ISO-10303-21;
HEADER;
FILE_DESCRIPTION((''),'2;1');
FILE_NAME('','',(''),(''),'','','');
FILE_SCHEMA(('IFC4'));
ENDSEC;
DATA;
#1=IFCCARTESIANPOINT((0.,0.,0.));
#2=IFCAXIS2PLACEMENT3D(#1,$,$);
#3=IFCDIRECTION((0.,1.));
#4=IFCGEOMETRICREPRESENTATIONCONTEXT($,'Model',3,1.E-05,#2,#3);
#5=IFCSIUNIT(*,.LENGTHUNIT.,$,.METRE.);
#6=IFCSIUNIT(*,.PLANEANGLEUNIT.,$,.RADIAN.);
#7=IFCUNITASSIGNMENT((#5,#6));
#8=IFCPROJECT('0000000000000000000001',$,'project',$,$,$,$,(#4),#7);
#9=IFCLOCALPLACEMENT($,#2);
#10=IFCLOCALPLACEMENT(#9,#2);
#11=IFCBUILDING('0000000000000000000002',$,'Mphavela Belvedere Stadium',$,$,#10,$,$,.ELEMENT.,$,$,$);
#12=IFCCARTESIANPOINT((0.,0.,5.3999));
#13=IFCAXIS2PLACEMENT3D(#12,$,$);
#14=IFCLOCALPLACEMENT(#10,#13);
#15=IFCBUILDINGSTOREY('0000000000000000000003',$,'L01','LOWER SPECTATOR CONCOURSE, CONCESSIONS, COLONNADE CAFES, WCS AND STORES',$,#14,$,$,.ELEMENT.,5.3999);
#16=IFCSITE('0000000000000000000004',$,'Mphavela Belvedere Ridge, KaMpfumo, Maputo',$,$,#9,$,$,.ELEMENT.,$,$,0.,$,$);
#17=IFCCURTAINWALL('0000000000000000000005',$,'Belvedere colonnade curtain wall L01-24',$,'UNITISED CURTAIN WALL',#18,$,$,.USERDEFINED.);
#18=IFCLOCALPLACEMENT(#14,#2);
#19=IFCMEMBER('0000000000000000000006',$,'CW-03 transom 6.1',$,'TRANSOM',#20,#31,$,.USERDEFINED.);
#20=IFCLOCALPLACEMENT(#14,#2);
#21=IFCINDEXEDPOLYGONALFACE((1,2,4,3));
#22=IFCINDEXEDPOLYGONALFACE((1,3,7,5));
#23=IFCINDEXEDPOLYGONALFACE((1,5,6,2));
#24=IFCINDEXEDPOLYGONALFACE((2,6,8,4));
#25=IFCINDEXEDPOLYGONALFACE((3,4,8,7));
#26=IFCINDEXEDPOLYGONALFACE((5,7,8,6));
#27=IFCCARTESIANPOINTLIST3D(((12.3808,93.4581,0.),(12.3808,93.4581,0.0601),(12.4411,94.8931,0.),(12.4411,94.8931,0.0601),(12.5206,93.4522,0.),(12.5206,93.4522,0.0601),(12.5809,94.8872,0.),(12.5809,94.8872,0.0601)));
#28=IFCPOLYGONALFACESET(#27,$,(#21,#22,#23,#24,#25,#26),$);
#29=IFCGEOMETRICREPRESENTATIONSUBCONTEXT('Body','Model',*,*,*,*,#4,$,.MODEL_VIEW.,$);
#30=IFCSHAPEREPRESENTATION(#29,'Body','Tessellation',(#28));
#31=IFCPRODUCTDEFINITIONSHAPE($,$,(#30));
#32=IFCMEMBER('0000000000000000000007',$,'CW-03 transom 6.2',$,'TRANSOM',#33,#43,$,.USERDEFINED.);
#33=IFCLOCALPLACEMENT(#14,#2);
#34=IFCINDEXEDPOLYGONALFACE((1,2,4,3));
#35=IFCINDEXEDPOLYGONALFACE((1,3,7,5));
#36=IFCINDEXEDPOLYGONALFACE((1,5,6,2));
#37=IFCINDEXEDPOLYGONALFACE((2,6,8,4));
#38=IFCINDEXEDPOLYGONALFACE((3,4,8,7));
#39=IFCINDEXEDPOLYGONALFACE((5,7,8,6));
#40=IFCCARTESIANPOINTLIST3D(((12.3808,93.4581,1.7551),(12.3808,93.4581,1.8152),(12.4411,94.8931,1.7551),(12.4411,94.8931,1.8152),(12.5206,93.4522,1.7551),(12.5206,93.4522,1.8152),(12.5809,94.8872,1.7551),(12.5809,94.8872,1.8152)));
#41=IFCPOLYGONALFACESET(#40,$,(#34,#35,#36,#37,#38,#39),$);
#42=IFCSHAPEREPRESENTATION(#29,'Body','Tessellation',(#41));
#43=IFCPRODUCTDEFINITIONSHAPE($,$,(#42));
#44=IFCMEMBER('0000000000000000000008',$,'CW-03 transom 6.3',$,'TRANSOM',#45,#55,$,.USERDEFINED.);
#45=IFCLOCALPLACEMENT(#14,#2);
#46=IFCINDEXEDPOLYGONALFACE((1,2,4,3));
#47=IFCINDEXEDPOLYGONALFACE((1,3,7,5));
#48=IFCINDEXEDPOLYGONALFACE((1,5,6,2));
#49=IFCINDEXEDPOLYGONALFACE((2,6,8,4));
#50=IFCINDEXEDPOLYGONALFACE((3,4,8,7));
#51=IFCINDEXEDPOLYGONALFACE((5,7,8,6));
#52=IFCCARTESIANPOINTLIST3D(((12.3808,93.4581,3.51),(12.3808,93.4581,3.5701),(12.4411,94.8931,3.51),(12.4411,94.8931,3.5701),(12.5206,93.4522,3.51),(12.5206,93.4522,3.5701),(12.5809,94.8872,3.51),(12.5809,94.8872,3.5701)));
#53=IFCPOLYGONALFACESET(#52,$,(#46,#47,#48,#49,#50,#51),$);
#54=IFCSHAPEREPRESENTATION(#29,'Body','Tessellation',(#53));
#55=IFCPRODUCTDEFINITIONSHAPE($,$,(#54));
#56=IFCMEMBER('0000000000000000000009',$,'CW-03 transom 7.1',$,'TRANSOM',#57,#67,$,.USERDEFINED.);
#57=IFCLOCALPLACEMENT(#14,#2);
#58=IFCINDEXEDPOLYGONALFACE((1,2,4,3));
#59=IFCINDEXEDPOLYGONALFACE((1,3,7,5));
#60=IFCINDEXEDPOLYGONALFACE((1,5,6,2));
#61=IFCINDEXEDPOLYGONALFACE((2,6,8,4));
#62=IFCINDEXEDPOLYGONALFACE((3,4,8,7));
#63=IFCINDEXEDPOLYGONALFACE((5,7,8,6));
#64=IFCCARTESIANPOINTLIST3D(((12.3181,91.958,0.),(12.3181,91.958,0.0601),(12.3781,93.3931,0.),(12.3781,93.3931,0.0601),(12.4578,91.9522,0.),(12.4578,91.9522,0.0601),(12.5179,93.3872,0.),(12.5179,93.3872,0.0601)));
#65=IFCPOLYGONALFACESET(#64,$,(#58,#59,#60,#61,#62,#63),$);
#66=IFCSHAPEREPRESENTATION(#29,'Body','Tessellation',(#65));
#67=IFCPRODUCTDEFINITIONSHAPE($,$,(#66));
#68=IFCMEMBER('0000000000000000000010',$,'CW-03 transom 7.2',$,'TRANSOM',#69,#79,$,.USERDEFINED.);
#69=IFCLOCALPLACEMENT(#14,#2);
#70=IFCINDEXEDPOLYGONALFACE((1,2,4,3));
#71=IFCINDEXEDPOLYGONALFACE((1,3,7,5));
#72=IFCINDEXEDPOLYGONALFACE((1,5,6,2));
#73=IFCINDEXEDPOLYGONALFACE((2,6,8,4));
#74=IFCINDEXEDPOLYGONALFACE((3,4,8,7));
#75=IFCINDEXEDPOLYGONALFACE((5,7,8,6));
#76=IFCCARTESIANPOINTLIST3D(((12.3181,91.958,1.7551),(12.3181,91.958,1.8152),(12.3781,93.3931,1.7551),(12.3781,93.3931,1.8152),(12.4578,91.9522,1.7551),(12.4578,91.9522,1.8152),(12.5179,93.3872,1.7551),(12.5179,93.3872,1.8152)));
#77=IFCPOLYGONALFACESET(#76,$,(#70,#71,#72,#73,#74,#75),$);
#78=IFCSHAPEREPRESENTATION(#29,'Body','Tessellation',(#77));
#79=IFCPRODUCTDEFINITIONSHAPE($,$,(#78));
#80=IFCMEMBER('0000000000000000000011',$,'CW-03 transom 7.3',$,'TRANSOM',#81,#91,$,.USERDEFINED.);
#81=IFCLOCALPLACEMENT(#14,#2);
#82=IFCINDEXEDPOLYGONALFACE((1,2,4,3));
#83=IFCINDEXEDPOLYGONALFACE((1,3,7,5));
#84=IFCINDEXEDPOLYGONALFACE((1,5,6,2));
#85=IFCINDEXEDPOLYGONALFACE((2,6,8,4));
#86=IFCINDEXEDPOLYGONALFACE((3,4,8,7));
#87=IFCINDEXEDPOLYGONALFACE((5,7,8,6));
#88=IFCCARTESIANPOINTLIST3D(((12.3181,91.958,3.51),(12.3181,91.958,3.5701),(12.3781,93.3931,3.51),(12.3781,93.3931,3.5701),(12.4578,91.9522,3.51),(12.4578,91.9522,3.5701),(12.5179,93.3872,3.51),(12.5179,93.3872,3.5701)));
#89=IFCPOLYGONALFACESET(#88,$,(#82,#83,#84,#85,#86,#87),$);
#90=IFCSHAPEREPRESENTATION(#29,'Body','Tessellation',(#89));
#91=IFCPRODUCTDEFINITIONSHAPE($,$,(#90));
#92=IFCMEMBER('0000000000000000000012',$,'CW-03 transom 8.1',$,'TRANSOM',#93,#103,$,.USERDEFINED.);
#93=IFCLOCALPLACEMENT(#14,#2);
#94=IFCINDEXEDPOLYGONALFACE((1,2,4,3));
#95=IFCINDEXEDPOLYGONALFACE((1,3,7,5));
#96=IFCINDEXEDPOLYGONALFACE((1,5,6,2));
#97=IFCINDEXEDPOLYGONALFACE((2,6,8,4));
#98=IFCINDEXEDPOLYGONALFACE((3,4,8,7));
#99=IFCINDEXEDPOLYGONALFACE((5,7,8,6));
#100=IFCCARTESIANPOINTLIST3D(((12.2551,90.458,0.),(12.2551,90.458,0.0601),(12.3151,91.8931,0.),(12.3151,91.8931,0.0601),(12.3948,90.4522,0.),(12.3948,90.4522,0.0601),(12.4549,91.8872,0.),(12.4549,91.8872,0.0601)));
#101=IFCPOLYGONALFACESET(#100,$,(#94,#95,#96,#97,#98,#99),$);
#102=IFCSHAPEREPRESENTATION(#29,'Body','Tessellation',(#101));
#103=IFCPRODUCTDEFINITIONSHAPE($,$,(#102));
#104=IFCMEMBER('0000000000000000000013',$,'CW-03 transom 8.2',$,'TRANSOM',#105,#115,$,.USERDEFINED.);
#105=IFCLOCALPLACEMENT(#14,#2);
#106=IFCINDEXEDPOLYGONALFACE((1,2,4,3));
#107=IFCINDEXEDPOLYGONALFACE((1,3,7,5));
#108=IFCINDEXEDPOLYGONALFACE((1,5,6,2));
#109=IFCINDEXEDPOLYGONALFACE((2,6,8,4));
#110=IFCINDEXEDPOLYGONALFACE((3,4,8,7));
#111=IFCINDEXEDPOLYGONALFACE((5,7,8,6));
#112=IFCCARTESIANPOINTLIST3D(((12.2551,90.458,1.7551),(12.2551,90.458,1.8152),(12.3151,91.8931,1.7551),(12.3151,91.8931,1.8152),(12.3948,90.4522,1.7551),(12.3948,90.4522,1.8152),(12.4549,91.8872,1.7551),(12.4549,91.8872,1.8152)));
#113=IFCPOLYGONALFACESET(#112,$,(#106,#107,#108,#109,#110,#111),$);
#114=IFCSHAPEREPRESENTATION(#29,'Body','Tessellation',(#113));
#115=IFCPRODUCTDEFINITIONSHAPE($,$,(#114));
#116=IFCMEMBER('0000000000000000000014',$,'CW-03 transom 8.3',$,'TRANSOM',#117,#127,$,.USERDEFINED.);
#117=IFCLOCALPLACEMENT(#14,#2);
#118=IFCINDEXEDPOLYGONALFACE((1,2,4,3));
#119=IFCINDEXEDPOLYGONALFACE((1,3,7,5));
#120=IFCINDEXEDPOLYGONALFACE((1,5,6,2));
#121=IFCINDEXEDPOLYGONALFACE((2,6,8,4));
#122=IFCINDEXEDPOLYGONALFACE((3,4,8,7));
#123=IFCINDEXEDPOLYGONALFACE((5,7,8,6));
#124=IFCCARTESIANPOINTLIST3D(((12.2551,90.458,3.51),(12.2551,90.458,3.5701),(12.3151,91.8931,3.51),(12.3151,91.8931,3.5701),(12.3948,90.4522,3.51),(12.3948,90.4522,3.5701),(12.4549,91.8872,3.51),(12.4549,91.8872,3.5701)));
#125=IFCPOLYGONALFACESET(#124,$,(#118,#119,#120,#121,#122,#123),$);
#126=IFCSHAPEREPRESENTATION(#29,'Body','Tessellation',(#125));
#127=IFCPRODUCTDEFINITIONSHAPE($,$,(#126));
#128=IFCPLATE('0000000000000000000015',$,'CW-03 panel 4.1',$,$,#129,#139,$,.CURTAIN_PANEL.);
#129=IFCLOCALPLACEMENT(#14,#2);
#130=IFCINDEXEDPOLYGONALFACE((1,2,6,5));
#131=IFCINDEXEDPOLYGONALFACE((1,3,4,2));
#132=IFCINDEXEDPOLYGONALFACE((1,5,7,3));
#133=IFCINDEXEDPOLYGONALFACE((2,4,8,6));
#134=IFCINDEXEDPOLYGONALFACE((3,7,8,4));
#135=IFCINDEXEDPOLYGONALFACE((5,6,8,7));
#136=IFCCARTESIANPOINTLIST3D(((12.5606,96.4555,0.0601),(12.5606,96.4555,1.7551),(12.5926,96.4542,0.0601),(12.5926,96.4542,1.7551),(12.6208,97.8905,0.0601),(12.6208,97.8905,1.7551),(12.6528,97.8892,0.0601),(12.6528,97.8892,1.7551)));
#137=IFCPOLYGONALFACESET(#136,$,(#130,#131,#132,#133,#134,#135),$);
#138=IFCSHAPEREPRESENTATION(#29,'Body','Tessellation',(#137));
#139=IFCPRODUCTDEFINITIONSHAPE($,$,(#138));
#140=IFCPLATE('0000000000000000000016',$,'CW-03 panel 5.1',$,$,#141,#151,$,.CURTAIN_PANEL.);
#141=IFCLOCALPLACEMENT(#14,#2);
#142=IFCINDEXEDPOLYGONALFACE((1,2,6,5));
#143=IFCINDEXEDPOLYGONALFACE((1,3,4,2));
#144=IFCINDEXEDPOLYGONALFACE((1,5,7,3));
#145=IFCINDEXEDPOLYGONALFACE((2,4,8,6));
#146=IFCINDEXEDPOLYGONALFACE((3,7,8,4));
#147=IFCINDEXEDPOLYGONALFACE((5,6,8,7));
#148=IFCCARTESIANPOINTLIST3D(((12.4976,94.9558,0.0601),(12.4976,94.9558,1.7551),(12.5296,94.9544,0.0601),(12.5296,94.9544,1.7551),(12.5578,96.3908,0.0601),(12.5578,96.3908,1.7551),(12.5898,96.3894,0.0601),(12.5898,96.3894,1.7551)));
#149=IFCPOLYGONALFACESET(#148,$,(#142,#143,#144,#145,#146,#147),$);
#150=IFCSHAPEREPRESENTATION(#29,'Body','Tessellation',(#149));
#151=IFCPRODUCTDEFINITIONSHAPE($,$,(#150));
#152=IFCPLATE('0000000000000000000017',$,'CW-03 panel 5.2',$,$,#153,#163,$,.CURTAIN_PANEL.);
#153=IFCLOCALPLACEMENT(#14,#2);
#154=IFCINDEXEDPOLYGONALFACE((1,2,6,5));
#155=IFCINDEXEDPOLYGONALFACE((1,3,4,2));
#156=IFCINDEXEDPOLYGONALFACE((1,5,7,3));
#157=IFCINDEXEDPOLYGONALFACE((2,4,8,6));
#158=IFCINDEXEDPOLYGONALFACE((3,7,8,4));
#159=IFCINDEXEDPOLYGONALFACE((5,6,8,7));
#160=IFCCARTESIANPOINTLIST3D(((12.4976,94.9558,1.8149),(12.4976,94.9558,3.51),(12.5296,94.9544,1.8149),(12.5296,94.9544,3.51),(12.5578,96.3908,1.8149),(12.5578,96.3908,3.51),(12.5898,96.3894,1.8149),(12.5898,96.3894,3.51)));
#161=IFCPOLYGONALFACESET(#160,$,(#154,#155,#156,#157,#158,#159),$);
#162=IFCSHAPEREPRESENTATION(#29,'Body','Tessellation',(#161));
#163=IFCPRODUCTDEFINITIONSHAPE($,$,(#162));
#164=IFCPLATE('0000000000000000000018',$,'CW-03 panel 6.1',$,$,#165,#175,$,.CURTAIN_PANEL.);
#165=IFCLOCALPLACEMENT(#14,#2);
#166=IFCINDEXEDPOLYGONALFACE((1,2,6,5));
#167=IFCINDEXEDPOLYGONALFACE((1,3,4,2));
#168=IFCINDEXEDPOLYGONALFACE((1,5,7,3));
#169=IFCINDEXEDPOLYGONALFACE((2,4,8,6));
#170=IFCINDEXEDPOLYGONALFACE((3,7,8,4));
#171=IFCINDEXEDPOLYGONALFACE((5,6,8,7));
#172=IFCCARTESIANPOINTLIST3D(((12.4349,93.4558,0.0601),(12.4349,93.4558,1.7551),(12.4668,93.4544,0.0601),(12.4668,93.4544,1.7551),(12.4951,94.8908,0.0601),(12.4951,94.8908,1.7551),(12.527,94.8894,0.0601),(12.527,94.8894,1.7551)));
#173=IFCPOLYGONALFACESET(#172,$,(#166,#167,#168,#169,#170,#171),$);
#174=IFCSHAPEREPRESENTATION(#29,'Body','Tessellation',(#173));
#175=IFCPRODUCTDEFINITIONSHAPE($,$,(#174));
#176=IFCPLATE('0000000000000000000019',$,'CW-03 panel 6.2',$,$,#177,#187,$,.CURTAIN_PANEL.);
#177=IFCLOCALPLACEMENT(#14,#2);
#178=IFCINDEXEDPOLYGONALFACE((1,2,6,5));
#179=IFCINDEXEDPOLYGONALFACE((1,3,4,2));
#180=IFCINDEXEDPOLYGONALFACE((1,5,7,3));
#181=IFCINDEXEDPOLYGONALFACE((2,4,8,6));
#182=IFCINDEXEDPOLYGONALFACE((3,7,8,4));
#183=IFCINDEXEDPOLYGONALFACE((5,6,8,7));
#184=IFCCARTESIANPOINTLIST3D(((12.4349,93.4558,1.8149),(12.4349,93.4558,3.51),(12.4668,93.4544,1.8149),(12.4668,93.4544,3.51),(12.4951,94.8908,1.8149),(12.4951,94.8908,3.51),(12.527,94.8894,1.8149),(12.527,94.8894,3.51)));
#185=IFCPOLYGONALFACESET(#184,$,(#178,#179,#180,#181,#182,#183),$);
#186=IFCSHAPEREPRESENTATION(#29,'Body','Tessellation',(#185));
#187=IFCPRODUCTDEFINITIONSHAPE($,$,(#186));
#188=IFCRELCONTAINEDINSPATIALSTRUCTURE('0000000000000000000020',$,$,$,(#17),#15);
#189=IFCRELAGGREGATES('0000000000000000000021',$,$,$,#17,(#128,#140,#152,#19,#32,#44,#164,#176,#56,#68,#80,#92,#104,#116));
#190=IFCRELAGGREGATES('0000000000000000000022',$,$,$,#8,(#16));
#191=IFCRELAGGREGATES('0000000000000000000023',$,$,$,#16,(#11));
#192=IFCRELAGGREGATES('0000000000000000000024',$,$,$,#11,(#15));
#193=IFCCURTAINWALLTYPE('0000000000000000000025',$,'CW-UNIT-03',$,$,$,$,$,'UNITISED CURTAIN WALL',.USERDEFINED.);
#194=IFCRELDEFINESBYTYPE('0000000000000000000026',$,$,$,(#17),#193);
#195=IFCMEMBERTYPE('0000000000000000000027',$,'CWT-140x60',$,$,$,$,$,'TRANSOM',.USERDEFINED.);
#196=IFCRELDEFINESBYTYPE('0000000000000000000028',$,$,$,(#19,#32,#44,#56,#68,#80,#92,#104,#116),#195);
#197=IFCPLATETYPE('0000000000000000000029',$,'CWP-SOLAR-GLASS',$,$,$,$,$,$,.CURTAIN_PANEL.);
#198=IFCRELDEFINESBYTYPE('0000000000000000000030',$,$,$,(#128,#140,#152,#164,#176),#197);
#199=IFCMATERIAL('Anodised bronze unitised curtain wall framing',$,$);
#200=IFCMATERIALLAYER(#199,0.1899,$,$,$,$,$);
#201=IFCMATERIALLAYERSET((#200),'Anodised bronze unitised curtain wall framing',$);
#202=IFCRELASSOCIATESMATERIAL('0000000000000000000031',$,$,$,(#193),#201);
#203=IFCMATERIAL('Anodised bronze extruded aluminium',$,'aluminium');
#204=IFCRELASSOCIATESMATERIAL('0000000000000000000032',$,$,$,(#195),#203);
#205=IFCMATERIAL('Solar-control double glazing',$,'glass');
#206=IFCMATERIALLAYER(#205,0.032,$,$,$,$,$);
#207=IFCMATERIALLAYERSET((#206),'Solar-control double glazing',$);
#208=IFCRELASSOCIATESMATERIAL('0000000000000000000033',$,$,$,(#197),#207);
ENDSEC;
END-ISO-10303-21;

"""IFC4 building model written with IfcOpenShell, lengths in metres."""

from ifc_helpers import new_model, si_unit, direction, frame, origin, origin_2d, place, context, subcontext, project, spatial, rectangle, extrude, material, layer, layer_set, material_profile, profile_set, type_object, element, aggregate, save


model = new_model("IFC4")

# Units and contexts
model_context = context("Model", 3, precision=1e-05, world=origin(), true_north=direction((0.0, 1.0)))
body_context = subcontext(model_context, "Body", "Model", "MODEL_VIEW")
ifc_project = project(units=[si_unit("LENGTHUNIT", "METRE"), si_unit("PLANEANGLEUNIT", "RADIAN")], contexts=[model_context])

# Site, building, storey
site_placement = place(None, origin())
site = spatial("IfcSite", under=ifc_project, at=site_placement, Name="Mphavela Belvedere Ridge, KaMpfumo, Maputo", CompositionType="ELEMENT", RefElevation=0.0)
building_placement = place(site_placement, origin())
building = spatial("IfcBuilding", under=site, at=building_placement, Name="Mphavela Belvedere Stadium", CompositionType="ELEMENT")
storey_placement = place(building_placement, frame((0.0, 0.0, 5.3999)))
storey = spatial("IfcBuildingStorey", under=building, at=storey_placement, Name="L01", Description="LOWER SPECTATOR CONCOURSE, CONCESSIONS, COLONNADE CAFES, WCS AND STORES", CompositionType="ELEMENT", Elevation=5.3999)

# Curtain wall, members, plates
ifc_material_1 = material(Name="Anodised bronze unitised curtain wall framing")
ifc_layer_1 = layer(ifc_material_1, 0.1899)
ifc_layer_set_1 = layer_set([ifc_layer_1], Name="Anodised bronze unitised curtain wall framing")
curtain_wall_type = type_object("IfcCurtainWallType", Name="CW-UNIT-03", ElementType="UNITISED CURTAIN WALL", PredefinedType="USERDEFINED", material=ifc_layer_set_1)
curtain_wall_placement = place(storey_placement, origin())
curtain_wall = element("IfcCurtainWall", 1, at=curtain_wall_placement, inside=storey, type_object=curtain_wall_type, Name="Belvedere colonnade curtain wall L01-24", ObjectType="UNITISED CURTAIN WALL", PredefinedType="USERDEFINED")
ifc_material_2 = material(Name="Anodised bronze extruded aluminium", Category="aluminium")
ifc_material_profile_1 = material_profile(ifc_material_2, rectangle(XDim=0.1399, YDim=0.0601, at=origin_2d()), Name="CW-TRN 140x60")
ifc_profile_set_1 = profile_set([ifc_material_profile_1], Name="Anodised bronze extruded aluminium")
member_type_1 = type_object("IfcMemberType", Name="CWT-140x60", ElementType="TRANSOM", PredefinedType="USERDEFINED", material=ifc_profile_set_1)
member_1_placement = place(storey_placement, frame((12.511, 94.8901, 0.03), z_axis=(-0.041984, -0.999118, 0.0), x_axis=(0.999118, -0.041984, 0.0)))
member_1 = element("IfcMember", 2, at=member_1_placement, type_object=member_type_1, Name="CW-03 transom 6.1", ObjectType="TRANSOM", PredefinedType="USERDEFINED", context=body_context, shape_type="SweptSolid", body=[
    extrude(rectangle(XDim=0.1399, YDim=0.0601, at=origin_2d()), origin(), (0.0, 0.0, 1.0), 1.4363),
])
member_2_placement = place(storey_placement, frame((12.511, 94.8901, 1.7852), z_axis=(-0.041984, -0.999118, 0.0), x_axis=(0.999118, -0.041984, 0.0)))
member_2 = element("IfcMember", 3, at=member_2_placement, type_object=member_type_1, Name="CW-03 transom 6.2", ObjectType="TRANSOM", PredefinedType="USERDEFINED", context=body_context, shape_type="SweptSolid", body=[
    extrude(rectangle(XDim=0.1399, YDim=0.0601, at=origin_2d()), origin(), (0.0, 0.0, 1.0), 1.4363),
])
member_3_placement = place(storey_placement, frame((12.511, 94.8901, 3.54), z_axis=(-0.041984, -0.999118, 0.0), x_axis=(0.999118, -0.041984, 0.0)))
member_3 = element("IfcMember", 4, at=member_3_placement, type_object=member_type_1, Name="CW-03 transom 6.3", ObjectType="TRANSOM", PredefinedType="USERDEFINED", context=body_context, shape_type="SweptSolid", body=[
    extrude(rectangle(XDim=0.1399, YDim=0.0601, at=origin_2d()), origin(), (0.0, 0.0, 1.0), 1.4363),
])
member_4_placement = place(storey_placement, frame((12.448, 93.3901, 0.03), z_axis=(-0.041814, -0.999125, 0.0), x_axis=(0.999125, -0.041814, 0.0)))
member_4 = element("IfcMember", 5, at=member_4_placement, type_object=member_type_1, Name="CW-03 transom 7.1", ObjectType="TRANSOM", PredefinedType="USERDEFINED", context=body_context, shape_type="SweptSolid", body=[
    extrude(rectangle(XDim=0.1399, YDim=0.0601, at=origin_2d()), origin(), (0.0, 0.0, 1.0), 1.4363),
])
member_5_placement = place(storey_placement, frame((12.448, 93.3901, 1.7852), z_axis=(-0.041814, -0.999125, 0.0), x_axis=(0.999125, -0.041814, 0.0)))
member_5 = element("IfcMember", 6, at=member_5_placement, type_object=member_type_1, Name="CW-03 transom 7.2", ObjectType="TRANSOM", PredefinedType="USERDEFINED", context=body_context, shape_type="SweptSolid", body=[
    extrude(rectangle(XDim=0.1399, YDim=0.0601, at=origin_2d()), origin(), (0.0, 0.0, 1.0), 1.4363),
])
member_6_placement = place(storey_placement, frame((12.448, 93.3901, 3.54), z_axis=(-0.041814, -0.999125, 0.0), x_axis=(0.999125, -0.041814, 0.0)))
member_6 = element("IfcMember", 7, at=member_6_placement, type_object=member_type_1, Name="CW-03 transom 7.3", ObjectType="TRANSOM", PredefinedType="USERDEFINED", context=body_context, shape_type="SweptSolid", body=[
    extrude(rectangle(XDim=0.1399, YDim=0.0601, at=origin_2d()), origin(), (0.0, 0.0, 1.0), 1.4363),
])
member_7_placement = place(storey_placement, frame((12.385, 91.8901, 0.03), z_axis=(-0.041814, -0.999125, 0.0), x_axis=(0.999125, -0.041814, 0.0)))
member_7 = element("IfcMember", 8, at=member_7_placement, type_object=member_type_1, Name="CW-03 transom 8.1", ObjectType="TRANSOM", PredefinedType="USERDEFINED", context=body_context, shape_type="SweptSolid", body=[
    extrude(rectangle(XDim=0.1399, YDim=0.0601, at=origin_2d()), origin(), (0.0, 0.0, 1.0), 1.4363),
])
member_8_placement = place(storey_placement, frame((12.385, 91.8901, 1.7852), z_axis=(-0.041814, -0.999125, 0.0), x_axis=(0.999125, -0.041814, 0.0)))
member_8 = element("IfcMember", 9, at=member_8_placement, type_object=member_type_1, Name="CW-03 transom 8.2", ObjectType="TRANSOM", PredefinedType="USERDEFINED", context=body_context, shape_type="SweptSolid", body=[
    extrude(rectangle(XDim=0.1399, YDim=0.0601, at=origin_2d()), origin(), (0.0, 0.0, 1.0), 1.4363),
])
member_9_placement = place(storey_placement, frame((12.385, 91.8901, 3.54), z_axis=(-0.041814, -0.999125, 0.0), x_axis=(0.999125, -0.041814, 0.0)))
member_9 = element("IfcMember", 10, at=member_9_placement, type_object=member_type_1, Name="CW-03 transom 8.3", ObjectType="TRANSOM", PredefinedType="USERDEFINED", context=body_context, shape_type="SweptSolid", body=[
    extrude(rectangle(XDim=0.1399, YDim=0.0601, at=origin_2d()), origin(), (0.0, 0.0, 1.0), 1.4363),
])
ifc_material_3 = material(Name="Solar-control double glazing", Category="glass")
ifc_layer_2 = layer(ifc_material_3, 0.032)
ifc_layer_set_2 = layer_set([ifc_layer_2], Name="Solar-control double glazing")
plate_type = type_object("IfcPlateType", Name="CWP-SOLAR-GLASS", PredefinedType="CURTAIN_PANEL", material=ifc_layer_set_2)
plate_1_placement = place(storey_placement, frame((12.6067, 97.1724, 0.0601), z_axis=(0.0, 0.0, 1.0), x_axis=(-0.04191, -0.999121, 0.0)))
plate_1 = element("IfcPlate", 11, at=plate_1_placement, type_object=plate_type, Name="CW-03 panel 4.1", PredefinedType="CURTAIN_PANEL", context=body_context, shape_type="SweptSolid", body=[
    extrude(rectangle(XDim=1.4363, YDim=0.032, at=origin_2d()), origin(), (0.0, 0.0, 1.0), 1.6951),
])
plate_2_placement = place(storey_placement, frame((12.5437, 95.6726, 0.0601), z_axis=(0.0, 0.0, 1.0), x_axis=(-0.04191, -0.999121, 0.0)))
plate_2 = element("IfcPlate", 12, at=plate_2_placement, type_object=plate_type, Name="CW-03 panel 5.1", PredefinedType="CURTAIN_PANEL", context=body_context, shape_type="SweptSolid", body=[
    extrude(rectangle(XDim=1.4363, YDim=0.032, at=origin_2d()), origin(), (0.0, 0.0, 1.0), 1.6951),
])
plate_3_placement = place(storey_placement, frame((12.5437, 95.6726, 1.8149), z_axis=(0.0, 0.0, 1.0), x_axis=(-0.04191, -0.999121, 0.0)))
plate_3 = element("IfcPlate", 13, at=plate_3_placement, type_object=plate_type, Name="CW-03 panel 5.2", PredefinedType="CURTAIN_PANEL", context=body_context, shape_type="SweptSolid", body=[
    extrude(rectangle(XDim=1.4363, YDim=0.032, at=origin_2d()), origin(), (0.0, 0.0, 1.0), 1.6951),
])
plate_4_placement = place(storey_placement, frame((12.481, 94.1726, 0.0601), z_axis=(0.0, 0.0, 1.0), x_axis=(-0.04191, -0.999121, 0.0)))
plate_4 = element("IfcPlate", 14, at=plate_4_placement, type_object=plate_type, Name="CW-03 panel 6.1", PredefinedType="CURTAIN_PANEL", context=body_context, shape_type="SweptSolid", body=[
    extrude(rectangle(XDim=1.4363, YDim=0.032, at=origin_2d()), origin(), (0.0, 0.0, 1.0), 1.6951),
])
plate_5_placement = place(storey_placement, frame((12.481, 94.1726, 1.8149), z_axis=(0.0, 0.0, 1.0), x_axis=(-0.04191, -0.999121, 0.0)))
plate_5 = element("IfcPlate", 15, at=plate_5_placement, type_object=plate_type, Name="CW-03 panel 6.2", PredefinedType="CURTAIN_PANEL", context=body_context, shape_type="SweptSolid", body=[
    extrude(rectangle(XDim=1.4363, YDim=0.032, at=origin_2d()), origin(), (0.0, 0.0, 1.0), 1.6951),
])
aggregate(curtain_wall, [plate_1, plate_2, plate_3, member_1, member_2, member_3, plate_4, plate_5, member_4, member_5, member_6, member_7, member_8, member_9])

save(model, "model.ifc")
